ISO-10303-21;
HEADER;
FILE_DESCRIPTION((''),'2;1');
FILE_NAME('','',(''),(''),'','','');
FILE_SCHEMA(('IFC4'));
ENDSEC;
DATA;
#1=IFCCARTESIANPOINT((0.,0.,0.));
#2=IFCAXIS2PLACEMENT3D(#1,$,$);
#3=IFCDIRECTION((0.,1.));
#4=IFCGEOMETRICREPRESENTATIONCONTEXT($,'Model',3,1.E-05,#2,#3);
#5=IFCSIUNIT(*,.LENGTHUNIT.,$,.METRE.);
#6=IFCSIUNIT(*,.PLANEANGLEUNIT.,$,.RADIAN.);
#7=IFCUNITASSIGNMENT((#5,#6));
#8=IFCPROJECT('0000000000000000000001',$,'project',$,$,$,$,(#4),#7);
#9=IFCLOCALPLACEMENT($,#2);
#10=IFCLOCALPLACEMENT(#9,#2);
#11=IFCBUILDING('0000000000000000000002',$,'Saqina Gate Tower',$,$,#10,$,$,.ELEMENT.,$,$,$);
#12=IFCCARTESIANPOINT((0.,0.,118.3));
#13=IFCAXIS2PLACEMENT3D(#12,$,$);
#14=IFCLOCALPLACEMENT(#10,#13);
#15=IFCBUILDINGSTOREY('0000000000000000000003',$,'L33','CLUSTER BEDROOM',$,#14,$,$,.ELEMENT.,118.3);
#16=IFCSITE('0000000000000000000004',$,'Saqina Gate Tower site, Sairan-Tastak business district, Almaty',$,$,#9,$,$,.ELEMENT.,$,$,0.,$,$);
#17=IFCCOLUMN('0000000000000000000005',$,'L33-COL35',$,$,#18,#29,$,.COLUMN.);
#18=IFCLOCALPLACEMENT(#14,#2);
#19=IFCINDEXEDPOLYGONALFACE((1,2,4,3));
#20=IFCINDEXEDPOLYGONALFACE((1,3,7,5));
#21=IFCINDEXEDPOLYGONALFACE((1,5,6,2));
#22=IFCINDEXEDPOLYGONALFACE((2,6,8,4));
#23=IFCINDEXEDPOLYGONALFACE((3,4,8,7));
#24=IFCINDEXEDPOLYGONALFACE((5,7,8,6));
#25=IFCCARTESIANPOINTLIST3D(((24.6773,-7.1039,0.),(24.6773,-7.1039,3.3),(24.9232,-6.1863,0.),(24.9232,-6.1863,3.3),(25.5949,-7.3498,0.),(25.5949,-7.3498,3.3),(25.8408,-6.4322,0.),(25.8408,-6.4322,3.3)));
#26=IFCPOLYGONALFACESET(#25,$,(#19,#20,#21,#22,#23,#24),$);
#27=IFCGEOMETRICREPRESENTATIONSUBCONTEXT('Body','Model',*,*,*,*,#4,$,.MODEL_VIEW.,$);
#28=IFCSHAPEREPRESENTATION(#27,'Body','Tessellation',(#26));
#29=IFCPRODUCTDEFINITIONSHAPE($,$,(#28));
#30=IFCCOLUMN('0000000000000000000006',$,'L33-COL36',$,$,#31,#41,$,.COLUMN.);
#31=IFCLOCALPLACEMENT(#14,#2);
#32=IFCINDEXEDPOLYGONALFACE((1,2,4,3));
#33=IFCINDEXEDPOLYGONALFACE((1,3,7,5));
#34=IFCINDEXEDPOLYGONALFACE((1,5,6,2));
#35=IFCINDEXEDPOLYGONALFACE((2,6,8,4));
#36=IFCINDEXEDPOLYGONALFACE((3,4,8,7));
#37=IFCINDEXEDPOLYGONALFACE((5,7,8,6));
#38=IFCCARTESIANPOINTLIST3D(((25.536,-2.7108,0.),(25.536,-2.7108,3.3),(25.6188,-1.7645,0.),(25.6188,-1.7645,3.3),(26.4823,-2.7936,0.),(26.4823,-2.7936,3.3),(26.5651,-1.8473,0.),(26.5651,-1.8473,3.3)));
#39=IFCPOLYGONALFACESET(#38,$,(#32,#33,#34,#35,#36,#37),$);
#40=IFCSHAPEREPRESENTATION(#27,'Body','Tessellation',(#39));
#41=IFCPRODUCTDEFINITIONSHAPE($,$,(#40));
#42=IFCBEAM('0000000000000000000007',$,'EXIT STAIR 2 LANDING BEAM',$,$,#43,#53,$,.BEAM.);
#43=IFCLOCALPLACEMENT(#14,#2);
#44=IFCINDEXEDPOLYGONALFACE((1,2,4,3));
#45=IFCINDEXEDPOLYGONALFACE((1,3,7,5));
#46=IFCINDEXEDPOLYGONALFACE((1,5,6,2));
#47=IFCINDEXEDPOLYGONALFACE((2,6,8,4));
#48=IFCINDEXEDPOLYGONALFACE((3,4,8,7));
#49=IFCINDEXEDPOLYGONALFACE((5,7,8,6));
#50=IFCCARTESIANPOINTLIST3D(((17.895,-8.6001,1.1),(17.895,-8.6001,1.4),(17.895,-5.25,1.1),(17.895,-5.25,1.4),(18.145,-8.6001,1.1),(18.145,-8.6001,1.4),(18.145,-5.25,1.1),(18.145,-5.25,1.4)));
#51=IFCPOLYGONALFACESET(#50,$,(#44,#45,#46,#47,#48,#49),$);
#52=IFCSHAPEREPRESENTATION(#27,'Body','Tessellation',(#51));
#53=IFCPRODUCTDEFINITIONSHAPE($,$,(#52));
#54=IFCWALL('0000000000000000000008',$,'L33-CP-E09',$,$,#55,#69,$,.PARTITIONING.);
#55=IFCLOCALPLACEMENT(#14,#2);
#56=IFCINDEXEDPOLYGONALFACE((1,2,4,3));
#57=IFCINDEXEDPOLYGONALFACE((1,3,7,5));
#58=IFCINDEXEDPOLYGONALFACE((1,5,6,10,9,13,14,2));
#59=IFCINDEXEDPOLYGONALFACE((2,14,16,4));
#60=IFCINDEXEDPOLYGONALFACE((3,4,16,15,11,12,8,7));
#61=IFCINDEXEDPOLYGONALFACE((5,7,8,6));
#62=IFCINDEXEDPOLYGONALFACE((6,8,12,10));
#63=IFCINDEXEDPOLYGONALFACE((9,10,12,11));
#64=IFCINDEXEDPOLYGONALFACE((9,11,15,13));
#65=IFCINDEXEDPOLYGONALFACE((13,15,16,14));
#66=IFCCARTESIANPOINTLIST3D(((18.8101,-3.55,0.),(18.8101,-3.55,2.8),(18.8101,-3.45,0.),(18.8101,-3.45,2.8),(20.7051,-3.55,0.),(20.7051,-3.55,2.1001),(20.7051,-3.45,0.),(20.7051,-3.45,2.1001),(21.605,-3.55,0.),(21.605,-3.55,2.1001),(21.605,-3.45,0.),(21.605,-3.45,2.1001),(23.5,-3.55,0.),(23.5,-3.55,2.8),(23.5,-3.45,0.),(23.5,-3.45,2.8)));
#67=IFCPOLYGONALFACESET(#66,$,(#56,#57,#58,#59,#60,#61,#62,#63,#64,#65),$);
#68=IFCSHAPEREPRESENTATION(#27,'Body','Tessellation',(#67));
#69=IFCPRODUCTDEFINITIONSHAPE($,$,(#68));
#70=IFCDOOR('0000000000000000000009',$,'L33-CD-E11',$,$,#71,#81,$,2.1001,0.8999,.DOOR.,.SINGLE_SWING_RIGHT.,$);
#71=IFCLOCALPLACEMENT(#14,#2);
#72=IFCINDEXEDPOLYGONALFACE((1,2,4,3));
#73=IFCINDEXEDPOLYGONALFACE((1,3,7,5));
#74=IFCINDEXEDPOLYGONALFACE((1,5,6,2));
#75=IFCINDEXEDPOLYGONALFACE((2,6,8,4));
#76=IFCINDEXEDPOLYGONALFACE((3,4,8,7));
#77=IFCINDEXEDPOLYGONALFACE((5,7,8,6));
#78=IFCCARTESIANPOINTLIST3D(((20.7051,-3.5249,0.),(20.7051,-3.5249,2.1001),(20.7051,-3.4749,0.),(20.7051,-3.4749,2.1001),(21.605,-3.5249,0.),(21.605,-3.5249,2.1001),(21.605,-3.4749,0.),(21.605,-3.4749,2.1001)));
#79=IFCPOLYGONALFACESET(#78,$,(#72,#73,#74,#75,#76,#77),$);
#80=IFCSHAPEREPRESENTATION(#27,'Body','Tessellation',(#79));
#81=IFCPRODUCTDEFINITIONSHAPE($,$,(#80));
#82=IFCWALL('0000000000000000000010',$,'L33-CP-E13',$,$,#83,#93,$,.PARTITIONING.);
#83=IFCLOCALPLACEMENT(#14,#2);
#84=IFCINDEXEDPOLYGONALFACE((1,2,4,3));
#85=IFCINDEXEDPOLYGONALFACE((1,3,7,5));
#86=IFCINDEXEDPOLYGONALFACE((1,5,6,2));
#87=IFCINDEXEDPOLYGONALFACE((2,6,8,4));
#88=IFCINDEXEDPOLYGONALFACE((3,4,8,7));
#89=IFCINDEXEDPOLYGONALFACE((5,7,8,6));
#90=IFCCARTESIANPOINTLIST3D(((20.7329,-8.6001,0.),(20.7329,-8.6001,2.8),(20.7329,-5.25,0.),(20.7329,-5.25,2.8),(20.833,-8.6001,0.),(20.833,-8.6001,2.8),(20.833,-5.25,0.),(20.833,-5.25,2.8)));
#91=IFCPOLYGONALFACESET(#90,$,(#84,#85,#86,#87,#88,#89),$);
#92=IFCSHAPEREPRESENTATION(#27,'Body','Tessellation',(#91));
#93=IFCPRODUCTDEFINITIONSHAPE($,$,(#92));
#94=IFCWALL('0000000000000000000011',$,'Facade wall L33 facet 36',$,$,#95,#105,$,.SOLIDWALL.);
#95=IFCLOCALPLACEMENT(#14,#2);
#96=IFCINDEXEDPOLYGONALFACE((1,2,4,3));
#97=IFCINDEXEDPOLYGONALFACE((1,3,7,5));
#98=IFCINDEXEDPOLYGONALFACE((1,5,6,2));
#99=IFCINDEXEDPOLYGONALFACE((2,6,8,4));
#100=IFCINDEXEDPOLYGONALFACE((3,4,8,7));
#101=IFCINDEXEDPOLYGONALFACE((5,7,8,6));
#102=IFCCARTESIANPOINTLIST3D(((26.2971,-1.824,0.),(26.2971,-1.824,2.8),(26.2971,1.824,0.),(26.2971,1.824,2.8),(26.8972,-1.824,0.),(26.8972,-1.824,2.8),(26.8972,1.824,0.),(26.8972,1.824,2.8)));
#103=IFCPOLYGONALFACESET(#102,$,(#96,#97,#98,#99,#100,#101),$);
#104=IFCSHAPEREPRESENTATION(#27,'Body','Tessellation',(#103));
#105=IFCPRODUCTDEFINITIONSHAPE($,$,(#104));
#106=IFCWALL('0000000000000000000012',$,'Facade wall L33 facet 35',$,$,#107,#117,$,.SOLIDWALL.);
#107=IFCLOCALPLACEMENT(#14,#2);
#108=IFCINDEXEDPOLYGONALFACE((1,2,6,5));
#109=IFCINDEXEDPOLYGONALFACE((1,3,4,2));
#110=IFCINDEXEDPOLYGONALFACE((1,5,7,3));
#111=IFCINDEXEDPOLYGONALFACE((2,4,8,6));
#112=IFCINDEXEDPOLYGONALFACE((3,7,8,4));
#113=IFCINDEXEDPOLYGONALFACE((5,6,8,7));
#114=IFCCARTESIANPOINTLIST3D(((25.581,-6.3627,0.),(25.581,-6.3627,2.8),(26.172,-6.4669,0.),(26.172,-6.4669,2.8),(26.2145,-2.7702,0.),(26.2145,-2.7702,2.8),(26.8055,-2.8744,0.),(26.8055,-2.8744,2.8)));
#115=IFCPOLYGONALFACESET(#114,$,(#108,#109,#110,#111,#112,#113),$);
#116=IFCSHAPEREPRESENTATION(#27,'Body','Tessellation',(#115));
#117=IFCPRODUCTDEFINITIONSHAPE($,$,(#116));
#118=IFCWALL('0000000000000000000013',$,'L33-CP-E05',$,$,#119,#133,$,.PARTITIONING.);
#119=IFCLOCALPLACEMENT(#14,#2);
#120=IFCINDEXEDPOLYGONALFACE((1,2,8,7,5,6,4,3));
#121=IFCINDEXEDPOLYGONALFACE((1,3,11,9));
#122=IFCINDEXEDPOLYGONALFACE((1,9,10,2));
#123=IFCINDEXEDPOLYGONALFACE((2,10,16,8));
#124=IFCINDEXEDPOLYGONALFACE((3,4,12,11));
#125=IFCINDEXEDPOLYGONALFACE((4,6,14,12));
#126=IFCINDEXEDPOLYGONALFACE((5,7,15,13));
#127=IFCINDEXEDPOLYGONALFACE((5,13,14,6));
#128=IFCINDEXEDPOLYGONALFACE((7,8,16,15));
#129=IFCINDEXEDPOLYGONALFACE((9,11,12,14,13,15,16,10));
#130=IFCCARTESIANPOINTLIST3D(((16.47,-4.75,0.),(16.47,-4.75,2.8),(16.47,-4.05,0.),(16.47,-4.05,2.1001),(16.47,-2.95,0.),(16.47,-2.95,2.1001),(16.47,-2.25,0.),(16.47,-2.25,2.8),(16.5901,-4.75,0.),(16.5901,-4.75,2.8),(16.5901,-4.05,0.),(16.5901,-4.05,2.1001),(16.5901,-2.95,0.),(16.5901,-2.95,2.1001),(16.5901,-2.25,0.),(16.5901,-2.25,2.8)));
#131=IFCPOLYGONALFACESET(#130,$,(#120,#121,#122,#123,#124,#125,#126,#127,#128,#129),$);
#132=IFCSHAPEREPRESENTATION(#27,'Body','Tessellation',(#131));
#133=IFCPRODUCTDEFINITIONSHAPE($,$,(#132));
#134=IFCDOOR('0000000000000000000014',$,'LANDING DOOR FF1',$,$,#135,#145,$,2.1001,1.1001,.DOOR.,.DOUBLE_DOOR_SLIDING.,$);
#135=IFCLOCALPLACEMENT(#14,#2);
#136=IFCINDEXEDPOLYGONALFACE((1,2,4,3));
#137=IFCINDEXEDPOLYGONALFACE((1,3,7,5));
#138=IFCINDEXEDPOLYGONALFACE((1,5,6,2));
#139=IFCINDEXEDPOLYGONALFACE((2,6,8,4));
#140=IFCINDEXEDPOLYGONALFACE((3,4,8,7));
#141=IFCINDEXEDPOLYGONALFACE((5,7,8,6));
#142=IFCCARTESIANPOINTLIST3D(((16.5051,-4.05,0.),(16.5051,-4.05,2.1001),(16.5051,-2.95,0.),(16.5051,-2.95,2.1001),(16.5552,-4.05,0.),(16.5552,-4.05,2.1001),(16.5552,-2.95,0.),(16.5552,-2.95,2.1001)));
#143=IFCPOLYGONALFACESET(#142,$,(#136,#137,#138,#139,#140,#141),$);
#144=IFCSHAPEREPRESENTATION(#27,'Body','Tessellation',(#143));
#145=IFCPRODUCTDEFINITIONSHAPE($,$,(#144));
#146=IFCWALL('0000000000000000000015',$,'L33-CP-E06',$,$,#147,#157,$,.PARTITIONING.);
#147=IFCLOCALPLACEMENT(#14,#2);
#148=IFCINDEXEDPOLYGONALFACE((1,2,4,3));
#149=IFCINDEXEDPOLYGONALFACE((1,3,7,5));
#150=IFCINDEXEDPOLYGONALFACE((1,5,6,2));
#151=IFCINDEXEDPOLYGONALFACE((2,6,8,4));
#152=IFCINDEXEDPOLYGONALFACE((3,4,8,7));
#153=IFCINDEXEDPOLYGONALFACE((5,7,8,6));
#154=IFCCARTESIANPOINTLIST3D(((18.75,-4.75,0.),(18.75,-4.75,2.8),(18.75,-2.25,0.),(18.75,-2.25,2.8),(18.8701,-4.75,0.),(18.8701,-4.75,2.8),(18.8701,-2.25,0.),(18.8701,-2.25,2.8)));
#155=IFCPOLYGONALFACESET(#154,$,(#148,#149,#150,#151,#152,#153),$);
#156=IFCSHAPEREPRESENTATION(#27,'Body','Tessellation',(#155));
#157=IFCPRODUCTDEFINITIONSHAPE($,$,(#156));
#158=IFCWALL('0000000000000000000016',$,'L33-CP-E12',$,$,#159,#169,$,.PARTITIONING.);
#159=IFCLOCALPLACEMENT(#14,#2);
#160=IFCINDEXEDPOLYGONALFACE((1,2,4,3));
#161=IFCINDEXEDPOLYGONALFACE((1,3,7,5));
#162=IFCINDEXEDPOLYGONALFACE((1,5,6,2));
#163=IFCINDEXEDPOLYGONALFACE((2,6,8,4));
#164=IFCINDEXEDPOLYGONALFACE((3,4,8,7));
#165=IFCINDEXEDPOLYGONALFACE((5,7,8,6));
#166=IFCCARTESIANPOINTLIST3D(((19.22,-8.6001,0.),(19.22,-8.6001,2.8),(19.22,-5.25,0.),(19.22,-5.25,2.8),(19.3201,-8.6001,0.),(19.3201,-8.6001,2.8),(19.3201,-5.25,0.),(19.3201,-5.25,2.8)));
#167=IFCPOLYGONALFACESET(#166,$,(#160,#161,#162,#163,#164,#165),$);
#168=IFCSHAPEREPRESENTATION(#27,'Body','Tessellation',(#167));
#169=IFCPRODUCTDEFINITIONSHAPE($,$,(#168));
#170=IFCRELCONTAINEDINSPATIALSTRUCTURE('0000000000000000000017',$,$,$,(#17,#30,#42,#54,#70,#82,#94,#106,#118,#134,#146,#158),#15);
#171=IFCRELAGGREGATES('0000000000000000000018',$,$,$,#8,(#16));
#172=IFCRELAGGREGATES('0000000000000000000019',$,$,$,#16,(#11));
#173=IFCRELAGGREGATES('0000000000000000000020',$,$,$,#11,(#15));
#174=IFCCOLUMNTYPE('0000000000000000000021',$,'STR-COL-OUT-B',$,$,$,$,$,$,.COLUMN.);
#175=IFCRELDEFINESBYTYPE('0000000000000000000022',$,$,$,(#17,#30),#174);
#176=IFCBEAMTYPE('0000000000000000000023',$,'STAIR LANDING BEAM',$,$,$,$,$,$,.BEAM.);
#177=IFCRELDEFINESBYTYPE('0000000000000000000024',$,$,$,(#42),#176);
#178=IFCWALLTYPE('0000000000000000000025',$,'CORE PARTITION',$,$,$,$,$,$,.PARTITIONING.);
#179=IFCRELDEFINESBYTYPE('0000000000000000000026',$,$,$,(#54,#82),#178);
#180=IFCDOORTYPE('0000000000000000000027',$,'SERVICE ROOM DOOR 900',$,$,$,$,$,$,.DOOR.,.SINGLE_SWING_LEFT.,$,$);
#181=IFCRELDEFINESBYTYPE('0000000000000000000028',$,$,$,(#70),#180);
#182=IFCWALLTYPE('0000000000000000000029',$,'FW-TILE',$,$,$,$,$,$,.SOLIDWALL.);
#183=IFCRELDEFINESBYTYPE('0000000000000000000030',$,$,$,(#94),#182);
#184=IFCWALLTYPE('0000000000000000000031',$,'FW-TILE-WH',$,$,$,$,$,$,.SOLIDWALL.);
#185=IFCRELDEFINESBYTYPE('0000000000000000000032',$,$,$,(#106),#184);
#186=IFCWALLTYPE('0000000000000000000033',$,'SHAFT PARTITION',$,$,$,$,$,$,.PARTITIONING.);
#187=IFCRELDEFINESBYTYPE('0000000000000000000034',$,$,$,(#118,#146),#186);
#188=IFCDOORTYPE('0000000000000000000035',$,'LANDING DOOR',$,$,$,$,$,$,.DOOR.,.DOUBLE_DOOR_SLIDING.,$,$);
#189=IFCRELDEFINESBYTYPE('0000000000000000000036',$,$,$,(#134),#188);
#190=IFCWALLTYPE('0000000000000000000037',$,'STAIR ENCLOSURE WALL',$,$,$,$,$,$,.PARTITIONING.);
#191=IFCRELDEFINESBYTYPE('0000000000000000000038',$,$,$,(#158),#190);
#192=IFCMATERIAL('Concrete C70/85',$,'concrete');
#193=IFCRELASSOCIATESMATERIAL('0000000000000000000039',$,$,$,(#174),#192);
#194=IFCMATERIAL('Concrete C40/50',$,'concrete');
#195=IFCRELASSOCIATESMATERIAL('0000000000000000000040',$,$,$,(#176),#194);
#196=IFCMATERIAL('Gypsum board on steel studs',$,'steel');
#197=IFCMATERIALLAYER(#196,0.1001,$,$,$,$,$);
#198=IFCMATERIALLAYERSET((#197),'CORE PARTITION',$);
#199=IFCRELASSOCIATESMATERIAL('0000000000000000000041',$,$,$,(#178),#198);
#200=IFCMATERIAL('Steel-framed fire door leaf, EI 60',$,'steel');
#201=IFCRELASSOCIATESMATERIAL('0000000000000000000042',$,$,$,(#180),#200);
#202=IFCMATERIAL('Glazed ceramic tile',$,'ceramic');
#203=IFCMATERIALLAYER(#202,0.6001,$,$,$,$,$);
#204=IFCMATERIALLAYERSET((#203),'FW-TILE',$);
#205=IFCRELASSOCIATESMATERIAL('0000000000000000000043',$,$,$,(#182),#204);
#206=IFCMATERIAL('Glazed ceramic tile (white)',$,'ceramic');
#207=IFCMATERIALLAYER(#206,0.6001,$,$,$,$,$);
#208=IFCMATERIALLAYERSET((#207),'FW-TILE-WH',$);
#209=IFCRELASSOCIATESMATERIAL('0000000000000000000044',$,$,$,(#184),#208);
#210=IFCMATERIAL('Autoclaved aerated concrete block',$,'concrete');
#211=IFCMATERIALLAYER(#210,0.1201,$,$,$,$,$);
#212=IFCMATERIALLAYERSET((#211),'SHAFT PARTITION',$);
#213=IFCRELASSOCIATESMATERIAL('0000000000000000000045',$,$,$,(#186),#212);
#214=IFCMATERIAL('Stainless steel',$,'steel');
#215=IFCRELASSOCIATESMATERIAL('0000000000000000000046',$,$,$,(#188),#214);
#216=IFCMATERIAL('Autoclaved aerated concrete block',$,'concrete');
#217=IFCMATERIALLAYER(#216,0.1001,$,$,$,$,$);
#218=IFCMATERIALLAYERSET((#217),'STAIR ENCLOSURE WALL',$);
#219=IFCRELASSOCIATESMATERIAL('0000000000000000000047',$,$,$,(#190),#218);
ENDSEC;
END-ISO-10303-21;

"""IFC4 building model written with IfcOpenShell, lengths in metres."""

from ifc_helpers import new_model, si_unit, direction, frame, frame_2d, origin, origin_2d, place, context, subcontext, project, spatial, rectangle, extrude, material, layer, layer_set, material_profile, profile_set, type_object, element, fill, save


model = new_model("IFC4")

# Units and contexts
model_context = context("Model", 3, precision=1e-05, world=origin(), true_north=direction((0.0, 1.0)))
body_context = subcontext(model_context, "Body", "Model", "MODEL_VIEW")
ifc_project = project(units=[si_unit("LENGTHUNIT", "METRE"), si_unit("PLANEANGLEUNIT", "RADIAN")], contexts=[model_context])

# Site, building, storey
site_placement = place(None, origin())
site = spatial("IfcSite", under=ifc_project, at=site_placement, Name="Saqina Gate Tower site, Sairan-Tastak business district, Almaty", CompositionType="ELEMENT", RefElevation=0.0)
building_placement = place(site_placement, origin())
building = spatial("IfcBuilding", under=site, at=building_placement, Name="Saqina Gate Tower", CompositionType="ELEMENT")
storey_placement = place(building_placement, frame((0.0, 0.0, 118.3)))
storey = spatial("IfcBuildingStorey", under=building, at=storey_placement, Name="L33", Description="CLUSTER BEDROOM", CompositionType="ELEMENT", Elevation=118.3)

# Columns
ifc_material_1 = material(Name="Concrete C70/85", Category="concrete")
ifc_material_profile_1 = material_profile(ifc_material_1, rectangle(XDim=0.95, YDim=0.95, at=origin_2d()), Name="RC 950x950")
ifc_profile_set_1 = profile_set([ifc_material_profile_1], Name="Concrete C70/85")
column_type = type_object("IfcColumnType", Name="STR-COL-OUT-B", PredefinedType="COLUMN", material=ifc_profile_set_1)
for number, where, z_axis, x_axis, name in (
    (1, (25.259, -6.7681, 0.0), (0.0, 0.0, 1.0), (0.965926, -0.258819, 0.0), "L33-COL35"),
    (2, (26.0505, -2.2791, 0.0), (0.0, 0.0, 1.0), (0.996195, -0.087156, 0.0), "L33-COL36"),
):
    element("IfcColumn", number, at=place(storey_placement, frame(where, z_axis=z_axis, x_axis=x_axis)), inside=storey, type_object=column_type, Name=name, PredefinedType="COLUMN", context=body_context, shape_type="SweptSolid", body=[
        extrude(rectangle(XDim=0.95, YDim=0.95, at=origin_2d()), origin(), (0.0, 0.0, 1.0), 3.3),
    ])

# Beam
ifc_material_2 = material(Name="Concrete C40/50", Category="concrete")
ifc_material_profile_2 = material_profile(ifc_material_2, rectangle(XDim=0.25, YDim=0.3, at=origin_2d()), Name="STAIR LANDING BEAM")
ifc_profile_set_2 = profile_set([ifc_material_profile_2], Name="Concrete C40/50")
beam_type = type_object("IfcBeamType", Name="STAIR LANDING BEAM", PredefinedType="BEAM", material=ifc_profile_set_2)
beam_placement = place(storey_placement, frame((18.02, -8.6001, 1.25), z_axis=(0.0, 1.0, 0.0), x_axis=(-1.0, 0.0, 0.0)))
element("IfcBeam", 3, at=beam_placement, inside=storey, type_object=beam_type, Name="EXIT STAIR 2 LANDING BEAM", PredefinedType="BEAM", context=body_context, shape_type="SweptSolid", body=[
    extrude(rectangle(XDim=0.25, YDim=0.3, at=origin_2d()), origin(), (0.0, 0.0, 1.0), 3.3501),
])

# Wall, opening, door
ifc_material_3 = material(Name="Gypsum board on steel studs", Category="steel")
ifc_layer_1 = layer(ifc_material_3, 0.1001)
ifc_layer_set_1 = layer_set([ifc_layer_1], Name="CORE PARTITION")
wall_type_1 = type_object("IfcWallType", Name="CORE PARTITION", PredefinedType="PARTITIONING", material=ifc_layer_set_1)
wall_1_placement = place(storey_placement, frame((18.8101, -3.5, 0.0), z_axis=(0.0, 0.0, 1.0), x_axis=(1.0, 0.0, 0.0)))
wall_1 = element("IfcWall", 4, at=wall_1_placement, inside=storey, type_object=wall_type_1, Name="L33-CP-E09", PredefinedType="PARTITIONING", context=body_context, shape_type="SweptSolid", body=[
    extrude(rectangle(XDim=4.6899, YDim=0.1001, at=frame_2d((2.345, 0.0))), origin(), (0.0, 0.0, 1.0), 2.8),
])
opening_1_placement = place(wall_1_placement, frame((1.895, 0.0, 0.0)))
opening_1 = element("IfcOpeningElement", 5, at=opening_1_placement, cuts=wall_1, PredefinedType="OPENING", context=body_context, shape_type="SweptSolid", body=[
    extrude(rectangle(XDim=0.8999, YDim=2.1001, at=frame_2d((0.45, 1.05))), frame((0.0, 0.062, 0.0), z_axis=(0.0, -1.0, 0.0), x_axis=(1.0, 0.0, 0.0)), (0.0, 0.0, 1.0), 0.124),
])
ifc_material_4 = material(Name="Steel-framed fire door leaf, EI 60", Category="steel")
door_type_1 = type_object("IfcDoorType", Name="SERVICE ROOM DOOR 900", OperationType="SINGLE_SWING_LEFT", PredefinedType="DOOR", material=ifc_material_4)
door_1_placement = place(opening_1_placement, frame((0.8999, 0.0, 0.0), z_axis=(0.0, 0.0, 1.0), x_axis=(-1.0, 0.0, 0.0)))
door_1 = element("IfcDoor", 6, at=door_1_placement, inside=storey, type_object=door_type_1, Name="L33-CD-E11", OperationType="SINGLE_SWING_RIGHT", OverallHeight=2.1001, OverallWidth=0.8999, PredefinedType="DOOR", context=body_context, shape_type="SweptSolid", body=[
    extrude(rectangle(XDim=0.8999, YDim=2.1001, at=frame_2d((0.45, 1.05))), frame((0.0, 0.0249, 0.0), z_axis=(0.0, -1.0, 0.0), x_axis=(1.0, 0.0, 0.0)), (0.0, 0.0, 1.0), 0.05),
])
fill(opening_1, door_1)

# Walls
wall_2_placement = place(storey_placement, frame((20.783, -8.6001, 0.0), z_axis=(0.0, 0.0, 1.0), x_axis=(0.0, 1.0, 0.0)))
element("IfcWall", 7, at=wall_2_placement, inside=storey, type_object=wall_type_1, Name="L33-CP-E13", PredefinedType="PARTITIONING", context=body_context, shape_type="SweptSolid", body=[
    extrude(rectangle(XDim=3.3501, YDim=0.1001, at=frame_2d((1.675, 0.0))), origin(), (0.0, 0.0, 1.0), 2.8),
])
ifc_material_5 = material(Name="Glazed ceramic tile", Category="ceramic")
ifc_layer_2 = layer(ifc_material_5, 0.6001)
ifc_layer_set_2 = layer_set([ifc_layer_2], Name="FW-TILE")
wall_type_2 = type_object("IfcWallType", Name="FW-TILE", PredefinedType="SOLIDWALL", material=ifc_layer_set_2)
wall_3_placement = place(storey_placement, frame((26.5972, -1.824, 0.0), z_axis=(0.0, 0.0, 1.0), x_axis=(0.0, 1.0, 0.0)))
element("IfcWall", 8, at=wall_3_placement, inside=storey, type_object=wall_type_2, Name="Facade wall L33 facet 36", PredefinedType="SOLIDWALL", context=body_context, shape_type="SweptSolid", body=[
    extrude(rectangle(XDim=3.6479, YDim=0.6001, at=frame_2d((1.824, 0.0))), origin(), (0.0, 0.0, 1.0), 2.8),
])
ifc_material_6 = material(Name="Glazed ceramic tile (white)", Category="ceramic")
ifc_layer_3 = layer(ifc_material_6, 0.6001)
ifc_layer_set_3 = layer_set([ifc_layer_3], Name="FW-TILE-WH")
wall_type_3 = type_object("IfcWallType", Name="FW-TILE-WH", PredefinedType="SOLIDWALL", material=ifc_layer_set_3)
wall_4_placement = place(storey_placement, frame((25.8765, -6.4148, 0.0), z_axis=(0.0, 0.0, 1.0), x_axis=(0.173671, 0.984804, 0.0)))
element("IfcWall", 9, at=wall_4_placement, inside=storey, type_object=wall_type_3, Name="Facade wall L33 facet 35", PredefinedType="SOLIDWALL", context=body_context, shape_type="SweptSolid", body=[
    extrude(rectangle(XDim=3.6479, YDim=0.6001, at=frame_2d((1.824, 0.0))), origin(), (0.0, 0.0, 1.0), 2.8),
])

# Wall, opening, door
ifc_material_7 = material(Name="Autoclaved aerated concrete block", Category="concrete")
ifc_layer_4 = layer(ifc_material_7, 0.1201)
ifc_layer_set_4 = layer_set([ifc_layer_4], Name="SHAFT PARTITION")
wall_type_4 = type_object("IfcWallType", Name="SHAFT PARTITION", PredefinedType="PARTITIONING", material=ifc_layer_set_4)
wall_5_placement = place(storey_placement, frame((16.53, -4.75, 0.0), z_axis=(0.0, 0.0, 1.0), x_axis=(0.0, 1.0, 0.0)))
wall_5 = element("IfcWall", 10, at=wall_5_placement, inside=storey, type_object=wall_type_4, Name="L33-CP-E05", PredefinedType="PARTITIONING", context=body_context, shape_type="SweptSolid", body=[
    extrude(rectangle(XDim=2.5, YDim=0.1201, at=frame_2d((1.25, 0.0))), origin(), (0.0, 0.0, 1.0), 2.8),
])
opening_2_placement = place(wall_5_placement, frame((0.7, 0.0, 0.0)))
opening_2 = element("IfcOpeningElement", 11, at=opening_2_placement, cuts=wall_5, PredefinedType="OPENING", context=body_context, shape_type="SweptSolid", body=[
    extrude(rectangle(XDim=1.1001, YDim=2.1001, at=frame_2d((0.55, 1.05))), frame((0.0, 0.072, 0.0), z_axis=(0.0, -1.0, 0.0), x_axis=(1.0, 0.0, 0.0)), (0.0, 0.0, 1.0), 0.144),
])
ifc_material_8 = material(Name="Stainless steel", Category="steel")
door_type_2 = type_object("IfcDoorType", Name="LANDING DOOR", OperationType="DOUBLE_DOOR_SLIDING", PredefinedType="DOOR", material=ifc_material_8)
door_2_placement = place(opening_2_placement, origin())
door_2 = element("IfcDoor", 12, at=door_2_placement, inside=storey, type_object=door_type_2, Name="LANDING DOOR FF1", OperationType="DOUBLE_DOOR_SLIDING", OverallHeight=2.1001, OverallWidth=1.1001, PredefinedType="DOOR", context=body_context, shape_type="SweptSolid", body=[
    extrude(rectangle(XDim=1.1001, YDim=2.1001, at=frame_2d((0.55, 1.05))), frame((0.0, 0.0249, 0.0), z_axis=(0.0, -1.0, 0.0), x_axis=(1.0, 0.0, 0.0)), (0.0, 0.0, 1.0), 0.05),
])
fill(opening_2, door_2)

# Walls
wall_6_placement = place(storey_placement, frame((18.8101, -4.75, 0.0), z_axis=(0.0, 0.0, 1.0), x_axis=(0.0, 1.0, 0.0)))
element("IfcWall", 13, at=wall_6_placement, inside=storey, type_object=wall_type_4, Name="L33-CP-E06", PredefinedType="PARTITIONING", context=body_context, shape_type="SweptSolid", body=[
    extrude(rectangle(XDim=2.5, YDim=0.1201, at=frame_2d((1.25, 0.0))), origin(), (0.0, 0.0, 1.0), 2.8),
])
ifc_material_9 = material(Name="Autoclaved aerated concrete block", Category="concrete")
ifc_layer_5 = layer(ifc_material_9, 0.1001)
ifc_layer_set_5 = layer_set([ifc_layer_5], Name="STAIR ENCLOSURE WALL")
wall_type_5 = type_object("IfcWallType", Name="STAIR ENCLOSURE WALL", PredefinedType="PARTITIONING", material=ifc_layer_set_5)
wall_7_placement = place(storey_placement, frame((19.27, -8.6001, 0.0), z_axis=(0.0, 0.0, 1.0), x_axis=(0.0, 1.0, 0.0)))
element("IfcWall", 14, at=wall_7_placement, inside=storey, type_object=wall_type_5, Name="L33-CP-E12", PredefinedType="PARTITIONING", context=body_context, shape_type="SweptSolid", body=[
    extrude(rectangle(XDim=3.3501, YDim=0.1001, at=frame_2d((1.675, 0.0))), origin(), (0.0, 0.0, 1.0), 2.8),
])

save(model, "model.ifc")
